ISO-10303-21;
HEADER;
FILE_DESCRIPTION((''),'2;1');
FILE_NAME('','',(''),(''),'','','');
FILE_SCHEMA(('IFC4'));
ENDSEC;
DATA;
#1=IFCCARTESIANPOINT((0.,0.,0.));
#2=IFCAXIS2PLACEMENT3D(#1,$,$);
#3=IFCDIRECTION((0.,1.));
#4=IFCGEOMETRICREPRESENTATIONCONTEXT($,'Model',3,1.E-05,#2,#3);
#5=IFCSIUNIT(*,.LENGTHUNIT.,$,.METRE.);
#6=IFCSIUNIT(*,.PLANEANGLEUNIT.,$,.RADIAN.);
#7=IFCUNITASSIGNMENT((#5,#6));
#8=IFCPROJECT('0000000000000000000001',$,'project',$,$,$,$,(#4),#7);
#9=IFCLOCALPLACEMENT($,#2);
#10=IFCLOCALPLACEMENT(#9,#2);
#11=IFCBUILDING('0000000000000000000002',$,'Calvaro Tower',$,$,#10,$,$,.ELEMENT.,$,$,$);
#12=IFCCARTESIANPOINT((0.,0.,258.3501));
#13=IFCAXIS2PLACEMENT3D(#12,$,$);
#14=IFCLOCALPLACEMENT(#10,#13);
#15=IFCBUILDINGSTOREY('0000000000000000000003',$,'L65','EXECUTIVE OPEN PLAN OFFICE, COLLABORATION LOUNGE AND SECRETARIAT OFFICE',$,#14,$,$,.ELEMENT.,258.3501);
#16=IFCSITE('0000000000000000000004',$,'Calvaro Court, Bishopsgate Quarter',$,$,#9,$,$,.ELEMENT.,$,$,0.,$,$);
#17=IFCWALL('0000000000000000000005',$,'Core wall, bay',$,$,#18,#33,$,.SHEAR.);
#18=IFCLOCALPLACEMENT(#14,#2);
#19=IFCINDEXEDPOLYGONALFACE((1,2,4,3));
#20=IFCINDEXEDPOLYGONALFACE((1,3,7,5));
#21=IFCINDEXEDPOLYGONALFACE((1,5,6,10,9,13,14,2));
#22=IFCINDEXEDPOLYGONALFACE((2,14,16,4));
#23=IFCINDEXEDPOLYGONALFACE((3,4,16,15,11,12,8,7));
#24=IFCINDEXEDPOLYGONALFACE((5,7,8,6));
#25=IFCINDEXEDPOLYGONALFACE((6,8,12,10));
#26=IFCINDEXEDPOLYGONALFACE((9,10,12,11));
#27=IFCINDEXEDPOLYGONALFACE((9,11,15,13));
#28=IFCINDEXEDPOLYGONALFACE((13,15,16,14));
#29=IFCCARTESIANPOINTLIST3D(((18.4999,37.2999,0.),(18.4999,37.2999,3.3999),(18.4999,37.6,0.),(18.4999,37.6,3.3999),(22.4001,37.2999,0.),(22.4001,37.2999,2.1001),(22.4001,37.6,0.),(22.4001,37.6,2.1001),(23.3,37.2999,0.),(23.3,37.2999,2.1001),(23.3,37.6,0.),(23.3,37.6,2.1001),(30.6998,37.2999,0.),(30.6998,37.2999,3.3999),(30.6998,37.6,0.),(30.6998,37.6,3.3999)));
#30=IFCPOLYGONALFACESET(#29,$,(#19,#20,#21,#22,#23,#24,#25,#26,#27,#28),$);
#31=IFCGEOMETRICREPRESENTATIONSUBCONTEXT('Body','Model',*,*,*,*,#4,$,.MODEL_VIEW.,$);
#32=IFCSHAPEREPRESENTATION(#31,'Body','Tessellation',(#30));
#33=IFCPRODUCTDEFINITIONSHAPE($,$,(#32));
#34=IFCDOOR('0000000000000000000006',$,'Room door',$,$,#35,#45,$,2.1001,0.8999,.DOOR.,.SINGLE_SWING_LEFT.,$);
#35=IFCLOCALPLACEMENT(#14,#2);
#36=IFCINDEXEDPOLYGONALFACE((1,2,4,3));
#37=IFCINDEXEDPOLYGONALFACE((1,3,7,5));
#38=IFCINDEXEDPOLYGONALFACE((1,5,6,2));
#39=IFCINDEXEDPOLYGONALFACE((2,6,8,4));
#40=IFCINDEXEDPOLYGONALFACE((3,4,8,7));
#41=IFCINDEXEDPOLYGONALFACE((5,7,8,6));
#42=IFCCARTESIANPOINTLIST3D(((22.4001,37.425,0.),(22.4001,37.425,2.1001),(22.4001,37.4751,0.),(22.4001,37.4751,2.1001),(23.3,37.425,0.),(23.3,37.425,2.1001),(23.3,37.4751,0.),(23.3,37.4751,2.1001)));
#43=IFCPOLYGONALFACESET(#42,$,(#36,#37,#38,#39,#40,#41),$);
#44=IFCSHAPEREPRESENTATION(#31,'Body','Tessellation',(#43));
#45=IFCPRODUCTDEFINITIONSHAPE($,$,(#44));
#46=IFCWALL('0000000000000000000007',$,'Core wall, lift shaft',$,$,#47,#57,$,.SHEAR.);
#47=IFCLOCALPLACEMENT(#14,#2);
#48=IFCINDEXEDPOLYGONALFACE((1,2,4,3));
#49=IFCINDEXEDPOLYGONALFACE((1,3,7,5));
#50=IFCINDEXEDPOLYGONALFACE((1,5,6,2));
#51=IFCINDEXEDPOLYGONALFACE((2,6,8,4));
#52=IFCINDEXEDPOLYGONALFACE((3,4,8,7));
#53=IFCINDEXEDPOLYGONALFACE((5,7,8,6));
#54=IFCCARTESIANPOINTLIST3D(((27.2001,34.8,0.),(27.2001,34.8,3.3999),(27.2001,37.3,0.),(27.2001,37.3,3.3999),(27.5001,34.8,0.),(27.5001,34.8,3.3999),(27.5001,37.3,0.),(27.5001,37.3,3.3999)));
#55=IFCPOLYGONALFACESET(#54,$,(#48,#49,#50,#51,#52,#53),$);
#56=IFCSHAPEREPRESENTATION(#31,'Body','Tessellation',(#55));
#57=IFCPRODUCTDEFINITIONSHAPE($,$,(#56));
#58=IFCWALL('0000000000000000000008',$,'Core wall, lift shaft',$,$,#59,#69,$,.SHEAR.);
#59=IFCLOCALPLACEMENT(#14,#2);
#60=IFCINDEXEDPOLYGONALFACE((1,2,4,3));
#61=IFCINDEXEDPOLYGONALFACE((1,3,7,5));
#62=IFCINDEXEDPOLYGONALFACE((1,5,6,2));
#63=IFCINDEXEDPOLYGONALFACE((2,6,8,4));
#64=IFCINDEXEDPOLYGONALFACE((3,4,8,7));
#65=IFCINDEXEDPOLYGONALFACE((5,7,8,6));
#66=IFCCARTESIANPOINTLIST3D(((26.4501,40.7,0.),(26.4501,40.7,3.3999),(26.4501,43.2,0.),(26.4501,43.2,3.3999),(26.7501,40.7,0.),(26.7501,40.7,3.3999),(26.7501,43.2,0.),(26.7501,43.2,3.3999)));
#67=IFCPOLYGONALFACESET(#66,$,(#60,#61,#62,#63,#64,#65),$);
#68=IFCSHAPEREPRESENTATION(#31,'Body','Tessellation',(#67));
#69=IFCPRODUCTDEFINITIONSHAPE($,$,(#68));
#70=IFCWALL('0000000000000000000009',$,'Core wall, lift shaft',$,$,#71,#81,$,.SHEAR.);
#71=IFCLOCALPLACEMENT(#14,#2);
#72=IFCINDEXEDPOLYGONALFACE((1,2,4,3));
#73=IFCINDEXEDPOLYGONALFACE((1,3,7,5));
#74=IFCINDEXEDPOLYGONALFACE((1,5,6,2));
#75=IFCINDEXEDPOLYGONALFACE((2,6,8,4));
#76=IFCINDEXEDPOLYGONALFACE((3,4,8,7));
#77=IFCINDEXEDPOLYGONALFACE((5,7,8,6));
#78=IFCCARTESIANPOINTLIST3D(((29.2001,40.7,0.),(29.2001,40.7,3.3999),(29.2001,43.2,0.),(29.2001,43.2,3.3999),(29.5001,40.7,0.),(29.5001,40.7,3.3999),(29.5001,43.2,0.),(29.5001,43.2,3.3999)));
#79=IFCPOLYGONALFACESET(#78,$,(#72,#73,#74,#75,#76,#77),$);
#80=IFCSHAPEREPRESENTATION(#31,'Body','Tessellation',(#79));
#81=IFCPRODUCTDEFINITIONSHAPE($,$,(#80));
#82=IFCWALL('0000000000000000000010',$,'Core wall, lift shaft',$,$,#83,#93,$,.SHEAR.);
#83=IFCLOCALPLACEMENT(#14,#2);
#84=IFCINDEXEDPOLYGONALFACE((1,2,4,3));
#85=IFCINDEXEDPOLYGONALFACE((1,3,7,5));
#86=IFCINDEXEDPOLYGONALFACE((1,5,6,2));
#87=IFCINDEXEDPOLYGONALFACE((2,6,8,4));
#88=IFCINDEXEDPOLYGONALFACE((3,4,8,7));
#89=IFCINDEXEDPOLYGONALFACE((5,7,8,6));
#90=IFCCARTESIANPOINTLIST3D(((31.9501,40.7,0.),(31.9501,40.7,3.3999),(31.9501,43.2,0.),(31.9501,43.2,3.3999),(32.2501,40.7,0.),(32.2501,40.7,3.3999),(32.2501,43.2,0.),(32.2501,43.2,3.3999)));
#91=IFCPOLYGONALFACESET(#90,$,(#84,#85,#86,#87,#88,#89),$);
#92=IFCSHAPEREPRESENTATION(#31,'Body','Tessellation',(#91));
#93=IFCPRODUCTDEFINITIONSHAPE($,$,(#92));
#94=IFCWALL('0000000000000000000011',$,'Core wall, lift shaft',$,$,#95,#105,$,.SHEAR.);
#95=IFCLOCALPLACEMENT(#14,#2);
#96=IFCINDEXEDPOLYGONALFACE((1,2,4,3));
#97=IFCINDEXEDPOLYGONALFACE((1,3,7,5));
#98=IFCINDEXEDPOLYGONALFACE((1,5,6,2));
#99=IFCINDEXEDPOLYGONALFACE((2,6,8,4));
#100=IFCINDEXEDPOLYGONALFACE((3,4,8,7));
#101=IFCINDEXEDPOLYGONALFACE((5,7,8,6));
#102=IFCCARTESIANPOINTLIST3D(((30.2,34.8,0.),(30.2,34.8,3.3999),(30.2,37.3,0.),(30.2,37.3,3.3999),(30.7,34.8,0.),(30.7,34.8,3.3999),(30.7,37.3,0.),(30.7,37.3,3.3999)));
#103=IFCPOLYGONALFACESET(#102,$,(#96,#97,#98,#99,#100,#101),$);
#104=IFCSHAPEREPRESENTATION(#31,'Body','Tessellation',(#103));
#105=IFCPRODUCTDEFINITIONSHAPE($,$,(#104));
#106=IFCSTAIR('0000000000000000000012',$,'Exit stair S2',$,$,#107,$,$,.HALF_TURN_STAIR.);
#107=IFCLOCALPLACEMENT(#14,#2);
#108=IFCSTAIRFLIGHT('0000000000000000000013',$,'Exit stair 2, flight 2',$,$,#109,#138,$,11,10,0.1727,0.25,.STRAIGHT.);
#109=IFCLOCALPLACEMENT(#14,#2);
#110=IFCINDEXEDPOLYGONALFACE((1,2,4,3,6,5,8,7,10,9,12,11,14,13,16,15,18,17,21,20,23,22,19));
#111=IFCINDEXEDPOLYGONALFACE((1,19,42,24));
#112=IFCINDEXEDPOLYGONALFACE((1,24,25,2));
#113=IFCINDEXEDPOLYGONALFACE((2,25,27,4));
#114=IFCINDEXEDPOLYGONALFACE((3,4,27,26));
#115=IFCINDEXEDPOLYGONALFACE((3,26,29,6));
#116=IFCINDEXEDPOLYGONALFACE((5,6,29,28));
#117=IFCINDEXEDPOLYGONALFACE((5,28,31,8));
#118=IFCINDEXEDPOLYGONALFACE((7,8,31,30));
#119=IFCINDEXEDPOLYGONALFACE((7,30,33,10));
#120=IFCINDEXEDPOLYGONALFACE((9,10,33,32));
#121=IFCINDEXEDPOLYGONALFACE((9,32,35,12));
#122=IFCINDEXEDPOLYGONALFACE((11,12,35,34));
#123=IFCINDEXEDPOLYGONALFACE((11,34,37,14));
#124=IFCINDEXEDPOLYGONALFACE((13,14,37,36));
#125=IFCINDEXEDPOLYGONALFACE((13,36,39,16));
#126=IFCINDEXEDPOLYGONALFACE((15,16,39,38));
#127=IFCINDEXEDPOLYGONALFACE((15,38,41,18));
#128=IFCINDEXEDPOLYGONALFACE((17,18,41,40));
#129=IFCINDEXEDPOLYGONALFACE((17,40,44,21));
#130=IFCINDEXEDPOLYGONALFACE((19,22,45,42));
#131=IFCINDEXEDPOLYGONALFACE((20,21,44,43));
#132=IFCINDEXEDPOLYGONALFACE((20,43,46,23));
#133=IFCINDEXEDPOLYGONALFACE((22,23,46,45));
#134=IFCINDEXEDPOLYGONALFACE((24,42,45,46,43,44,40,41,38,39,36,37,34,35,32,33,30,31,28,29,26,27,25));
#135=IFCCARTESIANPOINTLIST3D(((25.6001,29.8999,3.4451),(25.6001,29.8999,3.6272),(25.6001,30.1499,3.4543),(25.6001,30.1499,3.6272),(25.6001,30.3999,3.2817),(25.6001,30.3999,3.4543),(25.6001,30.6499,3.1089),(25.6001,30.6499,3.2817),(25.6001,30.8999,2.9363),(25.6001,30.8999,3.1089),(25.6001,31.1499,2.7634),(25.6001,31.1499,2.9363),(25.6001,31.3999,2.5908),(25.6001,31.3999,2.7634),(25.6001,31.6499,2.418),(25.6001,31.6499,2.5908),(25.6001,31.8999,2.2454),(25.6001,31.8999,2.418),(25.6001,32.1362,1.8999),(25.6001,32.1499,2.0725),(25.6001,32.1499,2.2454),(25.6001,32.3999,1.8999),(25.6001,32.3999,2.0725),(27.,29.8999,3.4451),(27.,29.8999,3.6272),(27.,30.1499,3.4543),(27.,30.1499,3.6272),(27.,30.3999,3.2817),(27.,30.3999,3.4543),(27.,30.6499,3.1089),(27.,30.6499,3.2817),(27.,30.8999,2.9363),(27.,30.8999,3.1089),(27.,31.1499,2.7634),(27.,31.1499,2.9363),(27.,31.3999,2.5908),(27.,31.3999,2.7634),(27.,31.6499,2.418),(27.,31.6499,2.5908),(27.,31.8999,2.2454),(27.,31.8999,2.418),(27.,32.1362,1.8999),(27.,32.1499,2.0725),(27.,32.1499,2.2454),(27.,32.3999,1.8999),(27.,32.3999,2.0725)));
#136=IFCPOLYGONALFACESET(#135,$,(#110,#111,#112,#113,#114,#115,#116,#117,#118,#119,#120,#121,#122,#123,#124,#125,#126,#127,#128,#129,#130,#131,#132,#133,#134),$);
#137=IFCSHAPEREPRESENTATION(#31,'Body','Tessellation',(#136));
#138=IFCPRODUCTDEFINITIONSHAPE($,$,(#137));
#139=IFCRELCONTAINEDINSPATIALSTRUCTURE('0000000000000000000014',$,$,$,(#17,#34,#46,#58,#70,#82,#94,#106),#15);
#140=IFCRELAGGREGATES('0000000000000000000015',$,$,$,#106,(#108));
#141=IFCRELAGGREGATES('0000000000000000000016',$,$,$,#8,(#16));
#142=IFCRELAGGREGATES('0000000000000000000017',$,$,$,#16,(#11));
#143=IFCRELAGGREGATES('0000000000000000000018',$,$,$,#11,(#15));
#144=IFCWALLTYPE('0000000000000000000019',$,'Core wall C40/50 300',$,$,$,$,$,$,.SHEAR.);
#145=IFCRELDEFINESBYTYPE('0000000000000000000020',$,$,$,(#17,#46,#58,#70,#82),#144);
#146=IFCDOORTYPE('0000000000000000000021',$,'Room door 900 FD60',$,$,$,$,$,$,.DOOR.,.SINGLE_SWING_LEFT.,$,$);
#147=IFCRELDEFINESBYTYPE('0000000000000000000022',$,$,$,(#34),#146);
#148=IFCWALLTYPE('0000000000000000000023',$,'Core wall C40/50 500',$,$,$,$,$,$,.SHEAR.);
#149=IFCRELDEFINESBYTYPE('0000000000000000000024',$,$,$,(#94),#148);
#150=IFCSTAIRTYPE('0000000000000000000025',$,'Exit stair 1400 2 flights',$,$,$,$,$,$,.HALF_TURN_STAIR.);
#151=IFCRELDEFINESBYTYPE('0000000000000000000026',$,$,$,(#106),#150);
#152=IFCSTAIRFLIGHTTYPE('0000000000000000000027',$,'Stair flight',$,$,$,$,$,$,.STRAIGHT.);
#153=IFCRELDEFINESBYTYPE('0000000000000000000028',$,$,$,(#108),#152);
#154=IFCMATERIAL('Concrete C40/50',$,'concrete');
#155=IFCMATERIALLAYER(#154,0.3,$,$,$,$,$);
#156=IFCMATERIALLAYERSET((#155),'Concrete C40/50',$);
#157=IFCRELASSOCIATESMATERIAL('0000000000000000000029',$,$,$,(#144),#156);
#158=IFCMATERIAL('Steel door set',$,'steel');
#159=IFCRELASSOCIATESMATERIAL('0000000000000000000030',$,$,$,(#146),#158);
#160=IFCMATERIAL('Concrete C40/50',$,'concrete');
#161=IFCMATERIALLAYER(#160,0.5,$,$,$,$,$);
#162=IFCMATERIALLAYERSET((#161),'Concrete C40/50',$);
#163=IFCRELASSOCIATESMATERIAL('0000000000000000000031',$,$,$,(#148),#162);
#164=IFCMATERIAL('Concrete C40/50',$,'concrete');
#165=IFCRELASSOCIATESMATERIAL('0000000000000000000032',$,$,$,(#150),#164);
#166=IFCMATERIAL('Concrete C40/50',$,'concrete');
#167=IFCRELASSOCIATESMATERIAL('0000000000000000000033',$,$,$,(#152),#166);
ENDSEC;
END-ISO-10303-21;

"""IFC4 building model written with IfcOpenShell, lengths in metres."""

from ifc_helpers import new_model, si_unit, direction, frame, frame_2d, origin, place, context, subcontext, project, spatial, polyline, rectangle, outline, extrude, material, layer, layer_set, type_object, element, fill, aggregate, save


model = new_model("IFC4")

# Units and contexts
model_context = context("Model", 3, precision=1e-05, world=origin(), true_north=direction((0.0, 1.0)))
body_context = subcontext(model_context, "Body", "Model", "MODEL_VIEW")
ifc_project = project(units=[si_unit("LENGTHUNIT", "METRE"), si_unit("PLANEANGLEUNIT", "RADIAN")], contexts=[model_context])

# Site, building, storey
site_placement = place(None, origin())
site = spatial("IfcSite", under=ifc_project, at=site_placement, Name="Calvaro Court, Bishopsgate Quarter", CompositionType="ELEMENT", RefElevation=0.0)
building_placement = place(site_placement, origin())
building = spatial("IfcBuilding", under=site, at=building_placement, Name="Calvaro Tower", CompositionType="ELEMENT")
storey_placement = place(building_placement, frame((0.0, 0.0, 258.3501)))
storey = spatial("IfcBuildingStorey", under=building, at=storey_placement, Name="L65", Description="EXECUTIVE OPEN PLAN OFFICE, COLLABORATION LOUNGE AND SECRETARIAT OFFICE", CompositionType="ELEMENT", Elevation=258.3501)

# Wall, opening, door
ifc_material_1 = material(Name="Concrete C40/50", Category="concrete")
ifc_layer_1 = layer(ifc_material_1, 0.3)
ifc_layer_set_1 = layer_set([ifc_layer_1], Name="Concrete C40/50")
wall_type_1 = type_object("IfcWallType", Name="Core wall C40/50 300", PredefinedType="SHEAR", material=ifc_layer_set_1)
wall_1_placement = place(storey_placement, frame((30.7, 37.45, 0.0), z_axis=(0.0, 0.0, 1.0), x_axis=(-1.0, 0.0, 0.0)))
wall_1 = element("IfcWall", 1, at=wall_1_placement, inside=storey, type_object=wall_type_1, Name="Core wall, bay", PredefinedType="SHEAR", context=body_context, shape_type="SweptSolid", body=[
    extrude(rectangle(XDim=12.2, YDim=0.3, at=frame_2d((6.1001, 0.0))), origin(), (0.0, 0.0, 1.0), 3.3999),
])
opening_placement = place(wall_1_placement, frame((7.3999, 0.0, 0.0)))
opening = element("IfcOpeningElement", 2, at=opening_placement, cuts=wall_1, PredefinedType="OPENING", context=body_context, shape_type="SweptSolid", body=[
    extrude(rectangle(XDim=0.8999, YDim=2.1001, at=frame_2d((0.45, 1.05))), frame((0.0, 0.1599, 0.0), z_axis=(0.0, -1.0, 0.0), x_axis=(1.0, 0.0, 0.0)), (0.0, 0.0, 1.0), 0.3201),
])
ifc_material_2 = material(Name="Steel door set", Category="steel")
door_type = type_object("IfcDoorType", Name="Room door 900 FD60", OperationType="SINGLE_SWING_LEFT", PredefinedType="DOOR", material=ifc_material_2)
door_placement = place(opening_placement, origin())
door = element("IfcDoor", 3, at=door_placement, inside=storey, type_object=door_type, Name="Room door", OperationType="SINGLE_SWING_LEFT", OverallHeight=2.1001, OverallWidth=0.8999, PredefinedType="DOOR", context=body_context, shape_type="SweptSolid", body=[
    extrude(rectangle(XDim=0.8999, YDim=2.1001, at=frame_2d((0.45, 1.05))), frame((0.0, 0.0249, 0.0), z_axis=(0.0, -1.0, 0.0), x_axis=(1.0, 0.0, 0.0)), (0.0, 0.0, 1.0), 0.05),
])
fill(opening, door)

# Walls
for number, where, z_axis, x_axis, name in (
    (4, (27.3501, 34.8, 0.0), (0.0, 0.0, 1.0), (0.0, 1.0, 0.0), "Core wall, lift shaft"),
    (5, (26.6001, 40.7, 0.0), (0.0, 0.0, 1.0), (0.0, 1.0, 0.0), "Core wall, lift shaft"),
    (6, (29.3501, 40.7, 0.0), (0.0, 0.0, 1.0), (0.0, 1.0, 0.0), "Core wall, lift shaft"),
    (7, (32.1001, 40.7, 0.0), (0.0, 0.0, 1.0), (0.0, 1.0, 0.0), "Core wall, lift shaft"),
):
    element("IfcWall", number, at=place(storey_placement, frame(where, z_axis=z_axis, x_axis=x_axis)), inside=storey, type_object=wall_type_1, Name=name, PredefinedType="SHEAR", context=body_context, shape_type="SweptSolid", body=[
        extrude(rectangle(XDim=2.5, YDim=0.3, at=frame_2d((1.25, 0.0))), origin(), (0.0, 0.0, 1.0), 3.3999),
    ])
ifc_material_3 = material(Name="Concrete C40/50", Category="concrete")
ifc_layer_2 = layer(ifc_material_3, 0.5)
ifc_layer_set_2 = layer_set([ifc_layer_2], Name="Concrete C40/50")
wall_type_2 = type_object("IfcWallType", Name="Core wall C40/50 500", PredefinedType="SHEAR", material=ifc_layer_set_2)
wall_2_placement = place(storey_placement, frame((30.45, 34.8, 0.0), z_axis=(0.0, 0.0, 1.0), x_axis=(0.0, 1.0, 0.0)))
element("IfcWall", 8, at=wall_2_placement, inside=storey, type_object=wall_type_2, Name="Core wall, lift shaft", PredefinedType="SHEAR", context=body_context, shape_type="SweptSolid", body=[
    extrude(rectangle(XDim=2.5, YDim=0.5, at=frame_2d((1.25, 0.0))), origin(), (0.0, 0.0, 1.0), 3.3999),
])

# Stair, stair flight
ifc_material_4 = material(Name="Concrete C40/50", Category="concrete")
stair_type = type_object("IfcStairType", Name="Exit stair 1400 2 flights", PredefinedType="HALF_TURN_STAIR", material=ifc_material_4)
stair_placement = place(storey_placement, origin())
stair = element("IfcStair", 9, at=stair_placement, inside=storey, type_object=stair_type, Name="Exit stair S2", PredefinedType="HALF_TURN_STAIR")
ifc_material_5 = material(Name="Concrete C40/50", Category="concrete")
stair_flight_type = type_object("IfcStairFlightType", Name="Stair flight", PredefinedType="STRAIGHT", material=ifc_material_5)
stair_flight_placement = place(storey_placement, frame((26.3, 32.3999, 1.8999), z_axis=(0.0, 0.0, 1.0), x_axis=(0.0, -1.0, 0.0)))
stair_flight = element("IfcStairFlight", 10, at=stair_flight_placement, type_object=stair_flight_type, Name="Exit stair 2, flight 2", NumberOfRisers=11, NumberOfTreads=10, PredefinedType="STRAIGHT", RiserHeight=0.1727, TreadLength=0.25, context=body_context, shape_type="SweptSolid", body=[
    extrude(outline(polyline([(0.0, 0.0), (0.0, 0.1726), (0.25, 0.1726), (0.25, 0.3455), (0.5, 0.3455), (0.5, 0.5181), (0.75, 0.5181), (0.75, 0.6909), (1.0, 0.6909), (1.0, 0.8635), (1.25, 0.8635), (1.25, 1.0364), (1.5, 1.0364), (1.5, 1.209), (1.75, 1.209), (1.75, 1.3818), (2.0, 1.3818), (2.0, 1.5544), (2.25, 1.5544), (2.25, 1.7273), (2.5, 1.7273), (2.5, 1.8999), (2.5, 1.5452), (0.2637, 0.0), (0.0, 0.0)])), frame((0.0, 0.7, 0.0), z_axis=(0.0, -1.0, 0.0), x_axis=(1.0, 0.0, 0.0)), (0.0, 0.0, 1.0), 1.3999),
])
aggregate(stair, [stair_flight])

save(model, "model.ifc")
